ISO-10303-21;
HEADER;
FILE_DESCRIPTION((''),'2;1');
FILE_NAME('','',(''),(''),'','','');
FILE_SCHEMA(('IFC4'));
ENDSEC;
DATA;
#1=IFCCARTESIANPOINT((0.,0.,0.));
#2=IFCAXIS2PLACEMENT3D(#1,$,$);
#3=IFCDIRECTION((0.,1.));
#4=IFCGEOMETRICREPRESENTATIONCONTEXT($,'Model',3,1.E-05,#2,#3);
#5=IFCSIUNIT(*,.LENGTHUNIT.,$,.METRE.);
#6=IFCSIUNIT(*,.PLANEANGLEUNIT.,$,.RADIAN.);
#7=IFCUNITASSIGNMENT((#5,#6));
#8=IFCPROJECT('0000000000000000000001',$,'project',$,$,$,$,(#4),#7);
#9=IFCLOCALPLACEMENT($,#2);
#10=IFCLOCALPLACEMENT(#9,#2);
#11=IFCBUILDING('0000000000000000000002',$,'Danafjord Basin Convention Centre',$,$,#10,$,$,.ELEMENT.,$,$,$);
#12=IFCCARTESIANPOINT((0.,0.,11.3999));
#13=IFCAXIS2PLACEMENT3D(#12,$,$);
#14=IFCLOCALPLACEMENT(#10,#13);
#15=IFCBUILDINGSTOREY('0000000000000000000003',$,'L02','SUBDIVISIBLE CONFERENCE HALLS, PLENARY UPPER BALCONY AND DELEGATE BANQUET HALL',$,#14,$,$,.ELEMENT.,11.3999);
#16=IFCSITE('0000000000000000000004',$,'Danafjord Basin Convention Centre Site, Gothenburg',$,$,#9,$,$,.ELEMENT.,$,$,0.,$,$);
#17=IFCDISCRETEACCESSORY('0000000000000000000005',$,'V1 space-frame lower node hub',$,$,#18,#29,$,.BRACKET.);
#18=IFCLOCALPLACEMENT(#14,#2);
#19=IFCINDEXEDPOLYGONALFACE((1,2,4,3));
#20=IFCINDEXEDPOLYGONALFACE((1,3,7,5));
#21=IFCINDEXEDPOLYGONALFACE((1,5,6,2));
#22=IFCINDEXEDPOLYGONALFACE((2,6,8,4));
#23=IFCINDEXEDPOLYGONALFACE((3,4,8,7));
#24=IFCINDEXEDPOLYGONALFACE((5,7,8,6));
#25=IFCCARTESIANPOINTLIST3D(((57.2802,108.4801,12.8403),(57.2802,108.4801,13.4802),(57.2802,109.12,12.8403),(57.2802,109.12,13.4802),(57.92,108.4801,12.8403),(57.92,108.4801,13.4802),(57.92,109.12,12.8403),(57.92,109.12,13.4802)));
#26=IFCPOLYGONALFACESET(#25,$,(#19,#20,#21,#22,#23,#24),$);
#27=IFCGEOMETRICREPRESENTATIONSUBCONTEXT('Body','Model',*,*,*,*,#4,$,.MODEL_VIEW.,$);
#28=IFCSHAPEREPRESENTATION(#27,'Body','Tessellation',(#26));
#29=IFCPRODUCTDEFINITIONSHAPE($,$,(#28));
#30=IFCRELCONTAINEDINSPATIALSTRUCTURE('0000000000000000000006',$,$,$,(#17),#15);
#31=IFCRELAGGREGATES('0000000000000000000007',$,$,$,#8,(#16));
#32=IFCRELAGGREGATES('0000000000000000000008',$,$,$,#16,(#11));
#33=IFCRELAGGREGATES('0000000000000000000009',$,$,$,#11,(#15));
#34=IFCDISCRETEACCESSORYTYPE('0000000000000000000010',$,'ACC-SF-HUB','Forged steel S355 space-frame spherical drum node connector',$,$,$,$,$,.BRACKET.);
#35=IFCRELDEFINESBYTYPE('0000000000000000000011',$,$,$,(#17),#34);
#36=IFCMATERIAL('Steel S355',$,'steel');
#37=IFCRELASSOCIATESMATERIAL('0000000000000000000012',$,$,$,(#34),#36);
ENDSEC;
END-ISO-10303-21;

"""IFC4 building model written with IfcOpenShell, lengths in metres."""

from ifc_helpers import new_model, si_unit, direction, frame, origin, origin_2d, place, context, subcontext, project, spatial, rectangle, extrude, material, type_object, element, save


model = new_model("IFC4")

# Units and contexts
model_context = context("Model", 3, precision=1e-05, world=origin(), true_north=direction((0.0, 1.0)))
body_context = subcontext(model_context, "Body", "Model", "MODEL_VIEW")
ifc_project = project(units=[si_unit("LENGTHUNIT", "METRE"), si_unit("PLANEANGLEUNIT", "RADIAN")], contexts=[model_context])

# Site, building, storey
site_placement = place(None, origin())
site = spatial("IfcSite", under=ifc_project, at=site_placement, Name="Danafjord Basin Convention Centre Site, Gothenburg", CompositionType="ELEMENT", RefElevation=0.0)
building_placement = place(site_placement, origin())
building = spatial("IfcBuilding", under=site, at=building_placement, Name="Danafjord Basin Convention Centre", CompositionType="ELEMENT")
storey_placement = place(building_placement, frame((0.0, 0.0, 11.3999)))
storey = spatial("IfcBuildingStorey", under=building, at=storey_placement, Name="L02", Description="SUBDIVISIBLE CONFERENCE HALLS, PLENARY UPPER BALCONY AND DELEGATE BANQUET HALL", CompositionType="ELEMENT", Elevation=11.3999)

# Shared definitions
ifc_material = material(Name="Steel S355", Category="steel")

# Discrete accessory
discrete_accessory_type = type_object("IfcDiscreteAccessoryType", Name="ACC-SF-HUB", Description="Forged steel S355 space-frame spherical drum node connector", PredefinedType="BRACKET", material=ifc_material)
for number, where, z_axis, x_axis, name in (
    (1, (57.6001, 108.8, 12.8403), (0.0, 0.0, 1.0), (1.0, 0.0, 0.0), "V1 space-frame lower node hub"),
):
    element("IfcDiscreteAccessory", number, at=place(storey_placement, frame(where, z_axis=z_axis, x_axis=x_axis)), inside=storey, type_object=discrete_accessory_type, Name=name, PredefinedType="BRACKET", context=body_context, shape_type="SweptSolid", body=[
        extrude(rectangle(XDim=0.6399, YDim=0.6399, at=origin_2d()), origin(), (0.0, 0.0, 1.0), 0.6399),
    ])

save(model, "model.ifc")
